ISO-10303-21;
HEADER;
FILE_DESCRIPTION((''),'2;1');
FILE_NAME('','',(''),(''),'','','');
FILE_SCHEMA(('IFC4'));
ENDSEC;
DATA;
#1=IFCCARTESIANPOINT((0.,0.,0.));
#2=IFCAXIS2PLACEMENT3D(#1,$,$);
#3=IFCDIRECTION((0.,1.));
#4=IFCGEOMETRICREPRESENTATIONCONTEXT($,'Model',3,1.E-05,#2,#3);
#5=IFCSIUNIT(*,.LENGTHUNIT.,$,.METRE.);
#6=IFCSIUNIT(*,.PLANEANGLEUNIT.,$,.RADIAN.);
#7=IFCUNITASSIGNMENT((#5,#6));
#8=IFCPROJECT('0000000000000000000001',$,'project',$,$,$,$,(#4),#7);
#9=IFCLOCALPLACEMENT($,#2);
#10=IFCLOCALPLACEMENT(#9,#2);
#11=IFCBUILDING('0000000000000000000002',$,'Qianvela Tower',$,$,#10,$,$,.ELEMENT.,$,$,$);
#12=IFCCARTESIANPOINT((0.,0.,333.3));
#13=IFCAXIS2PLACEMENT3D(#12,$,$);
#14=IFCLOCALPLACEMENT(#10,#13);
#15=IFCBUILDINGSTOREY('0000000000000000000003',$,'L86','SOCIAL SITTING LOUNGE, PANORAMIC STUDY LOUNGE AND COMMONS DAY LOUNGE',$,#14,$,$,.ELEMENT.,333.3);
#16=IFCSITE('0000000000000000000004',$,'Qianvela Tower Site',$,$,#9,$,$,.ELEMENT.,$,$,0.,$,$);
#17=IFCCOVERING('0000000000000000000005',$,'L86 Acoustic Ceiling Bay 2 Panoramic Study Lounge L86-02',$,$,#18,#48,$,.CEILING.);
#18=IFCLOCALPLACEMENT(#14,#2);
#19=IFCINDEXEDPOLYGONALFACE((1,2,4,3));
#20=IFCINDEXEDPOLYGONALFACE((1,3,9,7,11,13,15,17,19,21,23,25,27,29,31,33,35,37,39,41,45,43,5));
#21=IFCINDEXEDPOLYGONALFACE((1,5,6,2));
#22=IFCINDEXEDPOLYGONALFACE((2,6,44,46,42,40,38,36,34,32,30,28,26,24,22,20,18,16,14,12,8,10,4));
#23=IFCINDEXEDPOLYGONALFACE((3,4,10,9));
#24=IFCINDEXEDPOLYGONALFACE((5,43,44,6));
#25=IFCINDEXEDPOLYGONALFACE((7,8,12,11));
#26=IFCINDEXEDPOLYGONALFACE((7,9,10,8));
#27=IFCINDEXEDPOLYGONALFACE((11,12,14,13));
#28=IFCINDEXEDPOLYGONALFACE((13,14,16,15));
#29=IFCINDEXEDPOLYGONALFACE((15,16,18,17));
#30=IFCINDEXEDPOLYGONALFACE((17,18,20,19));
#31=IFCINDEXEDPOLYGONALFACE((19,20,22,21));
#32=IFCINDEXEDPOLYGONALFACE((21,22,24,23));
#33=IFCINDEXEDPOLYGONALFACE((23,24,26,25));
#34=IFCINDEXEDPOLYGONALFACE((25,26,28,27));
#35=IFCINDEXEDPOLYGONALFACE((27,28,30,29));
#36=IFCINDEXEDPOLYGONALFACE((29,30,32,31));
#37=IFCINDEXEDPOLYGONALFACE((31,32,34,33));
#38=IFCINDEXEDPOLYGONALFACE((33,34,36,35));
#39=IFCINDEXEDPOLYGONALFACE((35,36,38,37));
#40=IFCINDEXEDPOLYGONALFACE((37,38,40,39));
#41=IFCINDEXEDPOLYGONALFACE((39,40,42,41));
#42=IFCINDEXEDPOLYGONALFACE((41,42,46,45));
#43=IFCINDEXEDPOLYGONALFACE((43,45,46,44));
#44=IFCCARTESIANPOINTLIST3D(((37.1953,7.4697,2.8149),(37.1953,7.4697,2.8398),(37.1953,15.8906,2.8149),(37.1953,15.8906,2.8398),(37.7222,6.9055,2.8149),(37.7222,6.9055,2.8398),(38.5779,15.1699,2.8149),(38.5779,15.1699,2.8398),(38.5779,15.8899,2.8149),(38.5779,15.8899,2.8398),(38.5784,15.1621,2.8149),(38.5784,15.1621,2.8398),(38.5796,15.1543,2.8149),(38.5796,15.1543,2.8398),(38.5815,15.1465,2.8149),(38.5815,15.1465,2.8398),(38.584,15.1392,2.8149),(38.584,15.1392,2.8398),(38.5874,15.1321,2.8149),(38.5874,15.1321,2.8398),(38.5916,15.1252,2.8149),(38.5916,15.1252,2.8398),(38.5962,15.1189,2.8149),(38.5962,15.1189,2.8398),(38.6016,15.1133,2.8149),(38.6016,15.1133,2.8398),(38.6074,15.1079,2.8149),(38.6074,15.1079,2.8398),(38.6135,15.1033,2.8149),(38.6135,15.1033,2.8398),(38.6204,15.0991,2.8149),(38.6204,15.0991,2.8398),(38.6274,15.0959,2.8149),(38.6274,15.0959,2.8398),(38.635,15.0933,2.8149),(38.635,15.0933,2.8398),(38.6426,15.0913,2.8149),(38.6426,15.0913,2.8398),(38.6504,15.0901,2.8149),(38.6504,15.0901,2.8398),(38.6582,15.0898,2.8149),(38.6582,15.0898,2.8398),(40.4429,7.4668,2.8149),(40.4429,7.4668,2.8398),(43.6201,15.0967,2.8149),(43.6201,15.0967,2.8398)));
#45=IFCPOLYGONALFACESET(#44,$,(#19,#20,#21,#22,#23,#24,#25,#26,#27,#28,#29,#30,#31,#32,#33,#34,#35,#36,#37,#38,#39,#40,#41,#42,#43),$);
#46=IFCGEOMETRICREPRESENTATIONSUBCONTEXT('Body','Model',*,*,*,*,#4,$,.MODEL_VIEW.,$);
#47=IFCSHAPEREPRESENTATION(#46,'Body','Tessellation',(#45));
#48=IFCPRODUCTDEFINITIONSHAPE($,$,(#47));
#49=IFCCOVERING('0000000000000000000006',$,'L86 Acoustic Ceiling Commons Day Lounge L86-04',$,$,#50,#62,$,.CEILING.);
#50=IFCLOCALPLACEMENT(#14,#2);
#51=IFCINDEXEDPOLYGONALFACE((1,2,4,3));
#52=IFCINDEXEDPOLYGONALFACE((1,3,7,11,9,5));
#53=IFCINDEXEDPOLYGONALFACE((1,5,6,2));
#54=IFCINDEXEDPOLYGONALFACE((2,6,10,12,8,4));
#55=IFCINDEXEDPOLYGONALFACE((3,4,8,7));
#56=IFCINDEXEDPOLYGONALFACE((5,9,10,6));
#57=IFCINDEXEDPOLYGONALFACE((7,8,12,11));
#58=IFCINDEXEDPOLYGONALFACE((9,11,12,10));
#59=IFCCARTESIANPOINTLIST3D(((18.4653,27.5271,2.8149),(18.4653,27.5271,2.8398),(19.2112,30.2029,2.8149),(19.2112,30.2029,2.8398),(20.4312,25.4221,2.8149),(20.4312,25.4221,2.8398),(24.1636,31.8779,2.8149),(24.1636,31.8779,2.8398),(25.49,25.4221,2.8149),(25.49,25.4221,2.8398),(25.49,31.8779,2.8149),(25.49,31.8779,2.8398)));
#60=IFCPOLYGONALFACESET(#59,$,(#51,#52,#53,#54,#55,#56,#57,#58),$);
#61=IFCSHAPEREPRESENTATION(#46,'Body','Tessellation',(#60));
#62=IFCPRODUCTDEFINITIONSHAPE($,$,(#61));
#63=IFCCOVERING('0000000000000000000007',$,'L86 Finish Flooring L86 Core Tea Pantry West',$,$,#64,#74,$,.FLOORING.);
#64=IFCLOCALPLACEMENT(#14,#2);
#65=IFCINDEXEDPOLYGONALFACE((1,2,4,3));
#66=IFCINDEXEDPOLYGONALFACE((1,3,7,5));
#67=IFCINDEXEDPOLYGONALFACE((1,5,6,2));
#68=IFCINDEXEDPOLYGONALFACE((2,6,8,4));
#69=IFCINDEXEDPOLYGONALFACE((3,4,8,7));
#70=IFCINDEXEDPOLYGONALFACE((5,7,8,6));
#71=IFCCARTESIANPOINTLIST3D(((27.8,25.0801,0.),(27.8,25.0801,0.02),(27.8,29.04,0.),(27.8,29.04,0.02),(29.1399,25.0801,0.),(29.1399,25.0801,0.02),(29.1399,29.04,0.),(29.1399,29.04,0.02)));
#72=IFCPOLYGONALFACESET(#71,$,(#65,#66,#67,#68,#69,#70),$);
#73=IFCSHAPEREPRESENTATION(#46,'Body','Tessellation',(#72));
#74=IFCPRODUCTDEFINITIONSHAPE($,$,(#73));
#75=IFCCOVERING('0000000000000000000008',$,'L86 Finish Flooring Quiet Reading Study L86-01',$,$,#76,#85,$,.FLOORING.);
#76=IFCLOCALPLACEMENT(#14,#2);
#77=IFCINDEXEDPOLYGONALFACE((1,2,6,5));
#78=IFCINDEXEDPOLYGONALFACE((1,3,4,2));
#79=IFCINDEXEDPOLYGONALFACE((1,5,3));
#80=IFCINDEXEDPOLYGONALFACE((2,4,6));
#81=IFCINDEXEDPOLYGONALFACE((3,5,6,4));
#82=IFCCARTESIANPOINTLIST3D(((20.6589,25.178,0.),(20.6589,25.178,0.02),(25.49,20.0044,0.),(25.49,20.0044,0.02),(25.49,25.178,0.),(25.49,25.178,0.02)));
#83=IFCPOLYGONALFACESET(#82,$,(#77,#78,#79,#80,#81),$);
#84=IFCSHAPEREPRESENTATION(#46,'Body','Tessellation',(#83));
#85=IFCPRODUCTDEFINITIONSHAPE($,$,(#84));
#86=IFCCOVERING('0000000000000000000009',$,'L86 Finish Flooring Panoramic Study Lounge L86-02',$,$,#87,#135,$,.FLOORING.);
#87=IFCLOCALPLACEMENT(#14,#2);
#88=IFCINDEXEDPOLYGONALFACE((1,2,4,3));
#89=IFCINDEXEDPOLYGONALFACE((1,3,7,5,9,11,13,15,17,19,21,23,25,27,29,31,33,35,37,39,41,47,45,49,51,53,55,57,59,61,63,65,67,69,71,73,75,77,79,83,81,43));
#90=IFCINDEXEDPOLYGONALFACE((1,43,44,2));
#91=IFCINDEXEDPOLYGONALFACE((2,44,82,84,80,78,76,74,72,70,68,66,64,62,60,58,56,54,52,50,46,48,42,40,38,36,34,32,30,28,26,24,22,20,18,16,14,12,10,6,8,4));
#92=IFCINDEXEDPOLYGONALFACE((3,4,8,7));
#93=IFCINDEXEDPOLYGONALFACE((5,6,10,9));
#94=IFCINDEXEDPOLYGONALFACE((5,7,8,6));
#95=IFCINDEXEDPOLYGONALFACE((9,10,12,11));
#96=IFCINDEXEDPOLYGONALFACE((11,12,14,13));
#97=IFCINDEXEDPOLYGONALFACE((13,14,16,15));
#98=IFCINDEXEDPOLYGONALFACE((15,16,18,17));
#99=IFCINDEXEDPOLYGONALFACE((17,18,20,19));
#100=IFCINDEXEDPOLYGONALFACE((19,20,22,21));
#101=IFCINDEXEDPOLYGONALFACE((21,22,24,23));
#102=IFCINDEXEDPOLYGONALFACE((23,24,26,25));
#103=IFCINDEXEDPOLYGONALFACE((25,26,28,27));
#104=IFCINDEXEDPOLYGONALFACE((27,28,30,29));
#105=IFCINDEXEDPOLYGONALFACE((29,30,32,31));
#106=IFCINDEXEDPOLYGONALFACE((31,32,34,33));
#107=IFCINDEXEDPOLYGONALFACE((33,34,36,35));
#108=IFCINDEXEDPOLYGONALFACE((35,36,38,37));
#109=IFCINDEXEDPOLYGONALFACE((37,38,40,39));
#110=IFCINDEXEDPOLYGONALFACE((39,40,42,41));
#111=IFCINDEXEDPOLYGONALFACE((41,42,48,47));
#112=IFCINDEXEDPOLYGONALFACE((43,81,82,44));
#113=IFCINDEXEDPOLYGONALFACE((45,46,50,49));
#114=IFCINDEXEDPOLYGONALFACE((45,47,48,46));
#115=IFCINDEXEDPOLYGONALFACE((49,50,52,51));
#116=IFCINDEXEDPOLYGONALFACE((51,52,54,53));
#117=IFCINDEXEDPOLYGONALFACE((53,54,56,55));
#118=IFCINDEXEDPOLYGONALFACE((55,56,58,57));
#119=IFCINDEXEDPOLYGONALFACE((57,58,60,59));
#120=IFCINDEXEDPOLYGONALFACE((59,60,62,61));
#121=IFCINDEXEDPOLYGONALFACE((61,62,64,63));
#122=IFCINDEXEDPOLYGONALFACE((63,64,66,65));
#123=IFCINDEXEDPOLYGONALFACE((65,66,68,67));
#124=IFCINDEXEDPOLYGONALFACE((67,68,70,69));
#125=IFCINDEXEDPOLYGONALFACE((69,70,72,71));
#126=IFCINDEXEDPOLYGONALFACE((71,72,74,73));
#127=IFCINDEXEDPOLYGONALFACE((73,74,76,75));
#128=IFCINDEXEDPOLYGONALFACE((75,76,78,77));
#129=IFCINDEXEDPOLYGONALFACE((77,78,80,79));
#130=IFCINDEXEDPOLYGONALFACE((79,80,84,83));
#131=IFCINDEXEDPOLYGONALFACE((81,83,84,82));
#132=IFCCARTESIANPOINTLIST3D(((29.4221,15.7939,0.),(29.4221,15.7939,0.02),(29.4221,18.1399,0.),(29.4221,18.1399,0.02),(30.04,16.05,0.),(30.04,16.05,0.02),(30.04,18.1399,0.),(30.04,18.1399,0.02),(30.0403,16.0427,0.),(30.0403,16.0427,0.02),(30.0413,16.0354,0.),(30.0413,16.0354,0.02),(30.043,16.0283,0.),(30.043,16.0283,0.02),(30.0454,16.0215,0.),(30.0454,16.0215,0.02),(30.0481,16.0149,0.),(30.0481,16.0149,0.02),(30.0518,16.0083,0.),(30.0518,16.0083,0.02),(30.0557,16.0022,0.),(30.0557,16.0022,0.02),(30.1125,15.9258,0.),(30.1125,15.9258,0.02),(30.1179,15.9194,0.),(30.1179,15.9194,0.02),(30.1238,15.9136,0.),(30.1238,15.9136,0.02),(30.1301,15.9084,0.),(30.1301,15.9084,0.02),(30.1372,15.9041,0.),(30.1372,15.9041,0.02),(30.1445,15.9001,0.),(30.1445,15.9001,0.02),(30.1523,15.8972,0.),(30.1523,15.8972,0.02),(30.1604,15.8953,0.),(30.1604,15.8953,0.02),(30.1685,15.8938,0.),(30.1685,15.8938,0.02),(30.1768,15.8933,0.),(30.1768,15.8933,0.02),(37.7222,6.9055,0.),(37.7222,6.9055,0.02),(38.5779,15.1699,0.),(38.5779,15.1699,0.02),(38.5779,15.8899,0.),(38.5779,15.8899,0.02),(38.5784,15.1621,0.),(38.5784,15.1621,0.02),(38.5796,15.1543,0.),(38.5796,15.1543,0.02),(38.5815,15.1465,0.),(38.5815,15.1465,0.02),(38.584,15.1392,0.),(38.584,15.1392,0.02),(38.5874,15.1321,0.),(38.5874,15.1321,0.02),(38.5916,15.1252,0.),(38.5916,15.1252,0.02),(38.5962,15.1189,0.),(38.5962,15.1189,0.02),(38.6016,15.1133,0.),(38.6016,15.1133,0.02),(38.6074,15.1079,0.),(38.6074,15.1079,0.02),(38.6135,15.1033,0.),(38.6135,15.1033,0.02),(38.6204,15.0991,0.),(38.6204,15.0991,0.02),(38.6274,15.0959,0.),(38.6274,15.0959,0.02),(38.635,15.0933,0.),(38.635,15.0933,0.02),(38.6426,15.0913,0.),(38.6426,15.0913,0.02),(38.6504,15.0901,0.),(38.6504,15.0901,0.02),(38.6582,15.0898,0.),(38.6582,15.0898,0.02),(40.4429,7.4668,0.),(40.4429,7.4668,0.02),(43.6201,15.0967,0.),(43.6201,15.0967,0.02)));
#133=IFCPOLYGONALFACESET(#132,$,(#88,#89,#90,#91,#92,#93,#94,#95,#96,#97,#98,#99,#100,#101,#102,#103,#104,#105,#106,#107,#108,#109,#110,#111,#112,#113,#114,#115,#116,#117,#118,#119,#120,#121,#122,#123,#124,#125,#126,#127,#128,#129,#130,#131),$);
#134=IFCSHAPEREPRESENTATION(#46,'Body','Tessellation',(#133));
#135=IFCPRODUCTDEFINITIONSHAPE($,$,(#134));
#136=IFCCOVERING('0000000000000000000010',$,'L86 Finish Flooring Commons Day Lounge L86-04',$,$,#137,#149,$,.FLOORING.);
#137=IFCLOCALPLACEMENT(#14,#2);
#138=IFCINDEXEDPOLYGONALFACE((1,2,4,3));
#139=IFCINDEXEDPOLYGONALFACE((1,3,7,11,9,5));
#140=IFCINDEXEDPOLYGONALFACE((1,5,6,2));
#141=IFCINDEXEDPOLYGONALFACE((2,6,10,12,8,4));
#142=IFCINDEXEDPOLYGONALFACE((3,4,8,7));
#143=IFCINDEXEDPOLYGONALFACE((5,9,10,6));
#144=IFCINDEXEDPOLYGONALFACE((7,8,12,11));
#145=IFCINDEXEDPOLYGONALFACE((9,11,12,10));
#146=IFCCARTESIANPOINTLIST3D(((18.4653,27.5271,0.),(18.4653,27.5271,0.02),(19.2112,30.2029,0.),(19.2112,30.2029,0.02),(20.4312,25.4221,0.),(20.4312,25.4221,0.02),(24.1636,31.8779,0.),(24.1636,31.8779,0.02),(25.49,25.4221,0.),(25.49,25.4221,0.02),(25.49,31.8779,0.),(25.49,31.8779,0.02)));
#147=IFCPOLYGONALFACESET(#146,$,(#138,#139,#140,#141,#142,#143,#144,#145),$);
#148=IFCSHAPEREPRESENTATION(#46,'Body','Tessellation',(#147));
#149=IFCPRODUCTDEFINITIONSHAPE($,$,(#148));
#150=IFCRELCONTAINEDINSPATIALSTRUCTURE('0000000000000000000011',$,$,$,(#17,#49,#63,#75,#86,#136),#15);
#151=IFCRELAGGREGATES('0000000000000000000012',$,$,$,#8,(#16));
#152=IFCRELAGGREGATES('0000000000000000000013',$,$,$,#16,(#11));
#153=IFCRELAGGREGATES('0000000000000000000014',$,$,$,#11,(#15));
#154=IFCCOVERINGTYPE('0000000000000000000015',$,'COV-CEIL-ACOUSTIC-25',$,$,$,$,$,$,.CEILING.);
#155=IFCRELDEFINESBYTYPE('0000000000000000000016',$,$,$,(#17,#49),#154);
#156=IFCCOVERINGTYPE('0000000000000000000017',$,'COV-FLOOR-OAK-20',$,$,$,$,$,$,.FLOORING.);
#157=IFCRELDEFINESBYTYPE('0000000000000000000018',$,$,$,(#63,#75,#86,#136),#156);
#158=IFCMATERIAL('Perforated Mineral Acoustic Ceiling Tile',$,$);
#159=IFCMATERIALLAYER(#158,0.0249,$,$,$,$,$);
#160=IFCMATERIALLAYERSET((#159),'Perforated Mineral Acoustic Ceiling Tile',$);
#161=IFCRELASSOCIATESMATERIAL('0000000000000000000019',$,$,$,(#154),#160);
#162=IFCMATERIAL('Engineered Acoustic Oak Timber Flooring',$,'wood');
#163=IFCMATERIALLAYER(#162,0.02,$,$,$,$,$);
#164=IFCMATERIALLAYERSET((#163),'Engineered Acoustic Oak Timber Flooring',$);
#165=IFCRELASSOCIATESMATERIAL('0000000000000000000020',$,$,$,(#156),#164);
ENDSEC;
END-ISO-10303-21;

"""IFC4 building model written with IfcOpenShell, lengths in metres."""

from ifc_helpers import new_model, si_unit, direction, frame, origin, place, context, subcontext, project, spatial, polyline, outline, extrude, material, layer, layer_set, type_object, element, save


model = new_model("IFC4")

# Units and contexts
model_context = context("Model", 3, precision=1e-05, world=origin(), true_north=direction((0.0, 1.0)))
body_context = subcontext(model_context, "Body", "Model", "MODEL_VIEW")
ifc_project = project(units=[si_unit("LENGTHUNIT", "METRE"), si_unit("PLANEANGLEUNIT", "RADIAN")], contexts=[model_context])

# Site, building, storey
site_placement = place(None, origin())
site = spatial("IfcSite", under=ifc_project, at=site_placement, Name="Qianvela Tower Site", CompositionType="ELEMENT", RefElevation=0.0)
building_placement = place(site_placement, origin())
building = spatial("IfcBuilding", under=site, at=building_placement, Name="Qianvela Tower", CompositionType="ELEMENT")
storey_placement = place(building_placement, frame((0.0, 0.0, 333.3)))
storey = spatial("IfcBuildingStorey", under=building, at=storey_placement, Name="L86", Description="SOCIAL SITTING LOUNGE, PANORAMIC STUDY LOUNGE AND COMMONS DAY LOUNGE", CompositionType="ELEMENT", Elevation=333.3)

# Coverings
ifc_material_1 = material(Name="Perforated Mineral Acoustic Ceiling Tile")
ifc_layer_1 = layer(ifc_material_1, 0.0249)
ifc_layer_set_1 = layer_set([ifc_layer_1], Name="Perforated Mineral Acoustic Ceiling Tile")
covering_type_1 = type_object("IfcCoveringType", Name="COV-CEIL-ACOUSTIC-25", PredefinedType="CEILING", material=ifc_layer_set_1)
covering_1_placement = place(storey_placement, frame((0.0, 0.0, 2.8149)))
element("IfcCovering", 1, at=covering_1_placement, inside=storey, type_object=covering_type_1, Name="L86 Acoustic Ceiling Bay 2 Panoramic Study Lounge L86-02", PredefinedType="CEILING", context=body_context, shape_type="SweptSolid", body=[
    extrude(outline(polyline([(40.4429, 7.4668), (37.7222, 6.9055), (37.1953, 7.4697), (37.1953, 15.8906), (38.5779, 15.8899), (38.5779, 15.1699), (38.5784, 15.1621), (38.5796, 15.1543), (38.5815, 15.1465), (38.584, 15.1392), (38.5874, 15.1321), (38.5916, 15.1252), (38.5962, 15.1189), (38.6016, 15.1133), (38.6074, 15.1079), (38.6135, 15.1033), (38.6204, 15.0991), (38.6274, 15.0959), (38.635, 15.0933), (38.6426, 15.0913), (38.6504, 15.0901), (38.6582, 15.0898), (43.6201, 15.0967), (40.4429, 7.4668)])), origin(), (0.0, 0.0, 1.0), 0.0249),
])
covering_2_placement = place(storey_placement, frame((0.0, 0.0, 2.8149)))
element("IfcCovering", 2, at=covering_2_placement, inside=storey, type_object=covering_type_1, Name="L86 Acoustic Ceiling Commons Day Lounge L86-04", PredefinedType="CEILING", context=body_context, shape_type="SweptSolid", body=[
    extrude(outline(polyline([(24.1636, 31.8779), (25.49, 31.8779), (25.49, 25.4221), (20.4312, 25.4221), (18.4653, 27.5271), (19.2112, 30.2029), (24.1636, 31.8779)])), origin(), (0.0, 0.0, 1.0), 0.0249),
])
ifc_material_2 = material(Name="Engineered Acoustic Oak Timber Flooring", Category="wood")
ifc_layer_2 = layer(ifc_material_2, 0.02)
ifc_layer_set_2 = layer_set([ifc_layer_2], Name="Engineered Acoustic Oak Timber Flooring")
covering_type_2 = type_object("IfcCoveringType", Name="COV-FLOOR-OAK-20", PredefinedType="FLOORING", material=ifc_layer_set_2)
covering_3_placement = place(storey_placement, origin())
element("IfcCovering", 3, at=covering_3_placement, inside=storey, type_object=covering_type_2, Name="L86 Finish Flooring L86 Core Tea Pantry West", PredefinedType="FLOORING", context=body_context, shape_type="SweptSolid", body=[
    extrude(outline(polyline([(27.8, 25.0801), (27.8, 29.04), (29.1399, 29.04), (29.1399, 25.0801), (27.8, 25.0801)])), origin(), (0.0, 0.0, 1.0), 0.02),
])
covering_4_placement = place(storey_placement, origin())
element("IfcCovering", 4, at=covering_4_placement, inside=storey, type_object=covering_type_2, Name="L86 Finish Flooring Quiet Reading Study L86-01", PredefinedType="FLOORING", context=body_context, shape_type="SweptSolid", body=[
    extrude(outline(polyline([(20.6589, 25.178), (25.49, 25.178), (25.49, 20.0044), (20.6589, 25.178)])), origin(), (0.0, 0.0, 1.0), 0.02),
])
covering_5_placement = place(storey_placement, origin())
element("IfcCovering", 5, at=covering_5_placement, inside=storey, type_object=covering_type_2, Name="L86 Finish Flooring Panoramic Study Lounge L86-02", PredefinedType="FLOORING", context=body_context, shape_type="SweptSolid", body=[
    extrude(outline(polyline([(43.6201, 15.0967), (40.4429, 7.4668), (37.7222, 6.9055), (29.4221, 15.7939), (29.4221, 18.1399), (30.04, 18.1399), (30.04, 16.05), (30.0403, 16.0427), (30.0413, 16.0354), (30.043, 16.0283), (30.0454, 16.0215), (30.0481, 16.0149), (30.0518, 16.0083), (30.0557, 16.0022), (30.1125, 15.9258), (30.1179, 15.9194), (30.1238, 15.9136), (30.1301, 15.9084), (30.1372, 15.9041), (30.1445, 15.9001), (30.1523, 15.8972), (30.1604, 15.8953), (30.1685, 15.8938), (30.1768, 15.8933), (38.5779, 15.8899), (38.5779, 15.1699), (38.5784, 15.1621), (38.5796, 15.1543), (38.5815, 15.1465), (38.584, 15.1392), (38.5874, 15.1321), (38.5916, 15.1252), (38.5962, 15.1189), (38.6016, 15.1133), (38.6074, 15.1079), (38.6135, 15.1033), (38.6204, 15.0991), (38.6274, 15.0959), (38.635, 15.0933), (38.6426, 15.0913), (38.6504, 15.0901), (38.6582, 15.0898), (43.6201, 15.0967)])), origin(), (0.0, 0.0, 1.0), 0.02),
])
covering_6_placement = place(storey_placement, origin())
element("IfcCovering", 6, at=covering_6_placement, inside=storey, type_object=covering_type_2, Name="L86 Finish Flooring Commons Day Lounge L86-04", PredefinedType="FLOORING", context=body_context, shape_type="SweptSolid", body=[
    extrude(outline(polyline([(24.1636, 31.8779), (25.49, 31.8779), (25.49, 25.4221), (20.4312, 25.4221), (18.4653, 27.5271), (19.2112, 30.2029), (24.1636, 31.8779)])), origin(), (0.0, 0.0, 1.0), 0.02),
])

save(model, "model.ifc")
